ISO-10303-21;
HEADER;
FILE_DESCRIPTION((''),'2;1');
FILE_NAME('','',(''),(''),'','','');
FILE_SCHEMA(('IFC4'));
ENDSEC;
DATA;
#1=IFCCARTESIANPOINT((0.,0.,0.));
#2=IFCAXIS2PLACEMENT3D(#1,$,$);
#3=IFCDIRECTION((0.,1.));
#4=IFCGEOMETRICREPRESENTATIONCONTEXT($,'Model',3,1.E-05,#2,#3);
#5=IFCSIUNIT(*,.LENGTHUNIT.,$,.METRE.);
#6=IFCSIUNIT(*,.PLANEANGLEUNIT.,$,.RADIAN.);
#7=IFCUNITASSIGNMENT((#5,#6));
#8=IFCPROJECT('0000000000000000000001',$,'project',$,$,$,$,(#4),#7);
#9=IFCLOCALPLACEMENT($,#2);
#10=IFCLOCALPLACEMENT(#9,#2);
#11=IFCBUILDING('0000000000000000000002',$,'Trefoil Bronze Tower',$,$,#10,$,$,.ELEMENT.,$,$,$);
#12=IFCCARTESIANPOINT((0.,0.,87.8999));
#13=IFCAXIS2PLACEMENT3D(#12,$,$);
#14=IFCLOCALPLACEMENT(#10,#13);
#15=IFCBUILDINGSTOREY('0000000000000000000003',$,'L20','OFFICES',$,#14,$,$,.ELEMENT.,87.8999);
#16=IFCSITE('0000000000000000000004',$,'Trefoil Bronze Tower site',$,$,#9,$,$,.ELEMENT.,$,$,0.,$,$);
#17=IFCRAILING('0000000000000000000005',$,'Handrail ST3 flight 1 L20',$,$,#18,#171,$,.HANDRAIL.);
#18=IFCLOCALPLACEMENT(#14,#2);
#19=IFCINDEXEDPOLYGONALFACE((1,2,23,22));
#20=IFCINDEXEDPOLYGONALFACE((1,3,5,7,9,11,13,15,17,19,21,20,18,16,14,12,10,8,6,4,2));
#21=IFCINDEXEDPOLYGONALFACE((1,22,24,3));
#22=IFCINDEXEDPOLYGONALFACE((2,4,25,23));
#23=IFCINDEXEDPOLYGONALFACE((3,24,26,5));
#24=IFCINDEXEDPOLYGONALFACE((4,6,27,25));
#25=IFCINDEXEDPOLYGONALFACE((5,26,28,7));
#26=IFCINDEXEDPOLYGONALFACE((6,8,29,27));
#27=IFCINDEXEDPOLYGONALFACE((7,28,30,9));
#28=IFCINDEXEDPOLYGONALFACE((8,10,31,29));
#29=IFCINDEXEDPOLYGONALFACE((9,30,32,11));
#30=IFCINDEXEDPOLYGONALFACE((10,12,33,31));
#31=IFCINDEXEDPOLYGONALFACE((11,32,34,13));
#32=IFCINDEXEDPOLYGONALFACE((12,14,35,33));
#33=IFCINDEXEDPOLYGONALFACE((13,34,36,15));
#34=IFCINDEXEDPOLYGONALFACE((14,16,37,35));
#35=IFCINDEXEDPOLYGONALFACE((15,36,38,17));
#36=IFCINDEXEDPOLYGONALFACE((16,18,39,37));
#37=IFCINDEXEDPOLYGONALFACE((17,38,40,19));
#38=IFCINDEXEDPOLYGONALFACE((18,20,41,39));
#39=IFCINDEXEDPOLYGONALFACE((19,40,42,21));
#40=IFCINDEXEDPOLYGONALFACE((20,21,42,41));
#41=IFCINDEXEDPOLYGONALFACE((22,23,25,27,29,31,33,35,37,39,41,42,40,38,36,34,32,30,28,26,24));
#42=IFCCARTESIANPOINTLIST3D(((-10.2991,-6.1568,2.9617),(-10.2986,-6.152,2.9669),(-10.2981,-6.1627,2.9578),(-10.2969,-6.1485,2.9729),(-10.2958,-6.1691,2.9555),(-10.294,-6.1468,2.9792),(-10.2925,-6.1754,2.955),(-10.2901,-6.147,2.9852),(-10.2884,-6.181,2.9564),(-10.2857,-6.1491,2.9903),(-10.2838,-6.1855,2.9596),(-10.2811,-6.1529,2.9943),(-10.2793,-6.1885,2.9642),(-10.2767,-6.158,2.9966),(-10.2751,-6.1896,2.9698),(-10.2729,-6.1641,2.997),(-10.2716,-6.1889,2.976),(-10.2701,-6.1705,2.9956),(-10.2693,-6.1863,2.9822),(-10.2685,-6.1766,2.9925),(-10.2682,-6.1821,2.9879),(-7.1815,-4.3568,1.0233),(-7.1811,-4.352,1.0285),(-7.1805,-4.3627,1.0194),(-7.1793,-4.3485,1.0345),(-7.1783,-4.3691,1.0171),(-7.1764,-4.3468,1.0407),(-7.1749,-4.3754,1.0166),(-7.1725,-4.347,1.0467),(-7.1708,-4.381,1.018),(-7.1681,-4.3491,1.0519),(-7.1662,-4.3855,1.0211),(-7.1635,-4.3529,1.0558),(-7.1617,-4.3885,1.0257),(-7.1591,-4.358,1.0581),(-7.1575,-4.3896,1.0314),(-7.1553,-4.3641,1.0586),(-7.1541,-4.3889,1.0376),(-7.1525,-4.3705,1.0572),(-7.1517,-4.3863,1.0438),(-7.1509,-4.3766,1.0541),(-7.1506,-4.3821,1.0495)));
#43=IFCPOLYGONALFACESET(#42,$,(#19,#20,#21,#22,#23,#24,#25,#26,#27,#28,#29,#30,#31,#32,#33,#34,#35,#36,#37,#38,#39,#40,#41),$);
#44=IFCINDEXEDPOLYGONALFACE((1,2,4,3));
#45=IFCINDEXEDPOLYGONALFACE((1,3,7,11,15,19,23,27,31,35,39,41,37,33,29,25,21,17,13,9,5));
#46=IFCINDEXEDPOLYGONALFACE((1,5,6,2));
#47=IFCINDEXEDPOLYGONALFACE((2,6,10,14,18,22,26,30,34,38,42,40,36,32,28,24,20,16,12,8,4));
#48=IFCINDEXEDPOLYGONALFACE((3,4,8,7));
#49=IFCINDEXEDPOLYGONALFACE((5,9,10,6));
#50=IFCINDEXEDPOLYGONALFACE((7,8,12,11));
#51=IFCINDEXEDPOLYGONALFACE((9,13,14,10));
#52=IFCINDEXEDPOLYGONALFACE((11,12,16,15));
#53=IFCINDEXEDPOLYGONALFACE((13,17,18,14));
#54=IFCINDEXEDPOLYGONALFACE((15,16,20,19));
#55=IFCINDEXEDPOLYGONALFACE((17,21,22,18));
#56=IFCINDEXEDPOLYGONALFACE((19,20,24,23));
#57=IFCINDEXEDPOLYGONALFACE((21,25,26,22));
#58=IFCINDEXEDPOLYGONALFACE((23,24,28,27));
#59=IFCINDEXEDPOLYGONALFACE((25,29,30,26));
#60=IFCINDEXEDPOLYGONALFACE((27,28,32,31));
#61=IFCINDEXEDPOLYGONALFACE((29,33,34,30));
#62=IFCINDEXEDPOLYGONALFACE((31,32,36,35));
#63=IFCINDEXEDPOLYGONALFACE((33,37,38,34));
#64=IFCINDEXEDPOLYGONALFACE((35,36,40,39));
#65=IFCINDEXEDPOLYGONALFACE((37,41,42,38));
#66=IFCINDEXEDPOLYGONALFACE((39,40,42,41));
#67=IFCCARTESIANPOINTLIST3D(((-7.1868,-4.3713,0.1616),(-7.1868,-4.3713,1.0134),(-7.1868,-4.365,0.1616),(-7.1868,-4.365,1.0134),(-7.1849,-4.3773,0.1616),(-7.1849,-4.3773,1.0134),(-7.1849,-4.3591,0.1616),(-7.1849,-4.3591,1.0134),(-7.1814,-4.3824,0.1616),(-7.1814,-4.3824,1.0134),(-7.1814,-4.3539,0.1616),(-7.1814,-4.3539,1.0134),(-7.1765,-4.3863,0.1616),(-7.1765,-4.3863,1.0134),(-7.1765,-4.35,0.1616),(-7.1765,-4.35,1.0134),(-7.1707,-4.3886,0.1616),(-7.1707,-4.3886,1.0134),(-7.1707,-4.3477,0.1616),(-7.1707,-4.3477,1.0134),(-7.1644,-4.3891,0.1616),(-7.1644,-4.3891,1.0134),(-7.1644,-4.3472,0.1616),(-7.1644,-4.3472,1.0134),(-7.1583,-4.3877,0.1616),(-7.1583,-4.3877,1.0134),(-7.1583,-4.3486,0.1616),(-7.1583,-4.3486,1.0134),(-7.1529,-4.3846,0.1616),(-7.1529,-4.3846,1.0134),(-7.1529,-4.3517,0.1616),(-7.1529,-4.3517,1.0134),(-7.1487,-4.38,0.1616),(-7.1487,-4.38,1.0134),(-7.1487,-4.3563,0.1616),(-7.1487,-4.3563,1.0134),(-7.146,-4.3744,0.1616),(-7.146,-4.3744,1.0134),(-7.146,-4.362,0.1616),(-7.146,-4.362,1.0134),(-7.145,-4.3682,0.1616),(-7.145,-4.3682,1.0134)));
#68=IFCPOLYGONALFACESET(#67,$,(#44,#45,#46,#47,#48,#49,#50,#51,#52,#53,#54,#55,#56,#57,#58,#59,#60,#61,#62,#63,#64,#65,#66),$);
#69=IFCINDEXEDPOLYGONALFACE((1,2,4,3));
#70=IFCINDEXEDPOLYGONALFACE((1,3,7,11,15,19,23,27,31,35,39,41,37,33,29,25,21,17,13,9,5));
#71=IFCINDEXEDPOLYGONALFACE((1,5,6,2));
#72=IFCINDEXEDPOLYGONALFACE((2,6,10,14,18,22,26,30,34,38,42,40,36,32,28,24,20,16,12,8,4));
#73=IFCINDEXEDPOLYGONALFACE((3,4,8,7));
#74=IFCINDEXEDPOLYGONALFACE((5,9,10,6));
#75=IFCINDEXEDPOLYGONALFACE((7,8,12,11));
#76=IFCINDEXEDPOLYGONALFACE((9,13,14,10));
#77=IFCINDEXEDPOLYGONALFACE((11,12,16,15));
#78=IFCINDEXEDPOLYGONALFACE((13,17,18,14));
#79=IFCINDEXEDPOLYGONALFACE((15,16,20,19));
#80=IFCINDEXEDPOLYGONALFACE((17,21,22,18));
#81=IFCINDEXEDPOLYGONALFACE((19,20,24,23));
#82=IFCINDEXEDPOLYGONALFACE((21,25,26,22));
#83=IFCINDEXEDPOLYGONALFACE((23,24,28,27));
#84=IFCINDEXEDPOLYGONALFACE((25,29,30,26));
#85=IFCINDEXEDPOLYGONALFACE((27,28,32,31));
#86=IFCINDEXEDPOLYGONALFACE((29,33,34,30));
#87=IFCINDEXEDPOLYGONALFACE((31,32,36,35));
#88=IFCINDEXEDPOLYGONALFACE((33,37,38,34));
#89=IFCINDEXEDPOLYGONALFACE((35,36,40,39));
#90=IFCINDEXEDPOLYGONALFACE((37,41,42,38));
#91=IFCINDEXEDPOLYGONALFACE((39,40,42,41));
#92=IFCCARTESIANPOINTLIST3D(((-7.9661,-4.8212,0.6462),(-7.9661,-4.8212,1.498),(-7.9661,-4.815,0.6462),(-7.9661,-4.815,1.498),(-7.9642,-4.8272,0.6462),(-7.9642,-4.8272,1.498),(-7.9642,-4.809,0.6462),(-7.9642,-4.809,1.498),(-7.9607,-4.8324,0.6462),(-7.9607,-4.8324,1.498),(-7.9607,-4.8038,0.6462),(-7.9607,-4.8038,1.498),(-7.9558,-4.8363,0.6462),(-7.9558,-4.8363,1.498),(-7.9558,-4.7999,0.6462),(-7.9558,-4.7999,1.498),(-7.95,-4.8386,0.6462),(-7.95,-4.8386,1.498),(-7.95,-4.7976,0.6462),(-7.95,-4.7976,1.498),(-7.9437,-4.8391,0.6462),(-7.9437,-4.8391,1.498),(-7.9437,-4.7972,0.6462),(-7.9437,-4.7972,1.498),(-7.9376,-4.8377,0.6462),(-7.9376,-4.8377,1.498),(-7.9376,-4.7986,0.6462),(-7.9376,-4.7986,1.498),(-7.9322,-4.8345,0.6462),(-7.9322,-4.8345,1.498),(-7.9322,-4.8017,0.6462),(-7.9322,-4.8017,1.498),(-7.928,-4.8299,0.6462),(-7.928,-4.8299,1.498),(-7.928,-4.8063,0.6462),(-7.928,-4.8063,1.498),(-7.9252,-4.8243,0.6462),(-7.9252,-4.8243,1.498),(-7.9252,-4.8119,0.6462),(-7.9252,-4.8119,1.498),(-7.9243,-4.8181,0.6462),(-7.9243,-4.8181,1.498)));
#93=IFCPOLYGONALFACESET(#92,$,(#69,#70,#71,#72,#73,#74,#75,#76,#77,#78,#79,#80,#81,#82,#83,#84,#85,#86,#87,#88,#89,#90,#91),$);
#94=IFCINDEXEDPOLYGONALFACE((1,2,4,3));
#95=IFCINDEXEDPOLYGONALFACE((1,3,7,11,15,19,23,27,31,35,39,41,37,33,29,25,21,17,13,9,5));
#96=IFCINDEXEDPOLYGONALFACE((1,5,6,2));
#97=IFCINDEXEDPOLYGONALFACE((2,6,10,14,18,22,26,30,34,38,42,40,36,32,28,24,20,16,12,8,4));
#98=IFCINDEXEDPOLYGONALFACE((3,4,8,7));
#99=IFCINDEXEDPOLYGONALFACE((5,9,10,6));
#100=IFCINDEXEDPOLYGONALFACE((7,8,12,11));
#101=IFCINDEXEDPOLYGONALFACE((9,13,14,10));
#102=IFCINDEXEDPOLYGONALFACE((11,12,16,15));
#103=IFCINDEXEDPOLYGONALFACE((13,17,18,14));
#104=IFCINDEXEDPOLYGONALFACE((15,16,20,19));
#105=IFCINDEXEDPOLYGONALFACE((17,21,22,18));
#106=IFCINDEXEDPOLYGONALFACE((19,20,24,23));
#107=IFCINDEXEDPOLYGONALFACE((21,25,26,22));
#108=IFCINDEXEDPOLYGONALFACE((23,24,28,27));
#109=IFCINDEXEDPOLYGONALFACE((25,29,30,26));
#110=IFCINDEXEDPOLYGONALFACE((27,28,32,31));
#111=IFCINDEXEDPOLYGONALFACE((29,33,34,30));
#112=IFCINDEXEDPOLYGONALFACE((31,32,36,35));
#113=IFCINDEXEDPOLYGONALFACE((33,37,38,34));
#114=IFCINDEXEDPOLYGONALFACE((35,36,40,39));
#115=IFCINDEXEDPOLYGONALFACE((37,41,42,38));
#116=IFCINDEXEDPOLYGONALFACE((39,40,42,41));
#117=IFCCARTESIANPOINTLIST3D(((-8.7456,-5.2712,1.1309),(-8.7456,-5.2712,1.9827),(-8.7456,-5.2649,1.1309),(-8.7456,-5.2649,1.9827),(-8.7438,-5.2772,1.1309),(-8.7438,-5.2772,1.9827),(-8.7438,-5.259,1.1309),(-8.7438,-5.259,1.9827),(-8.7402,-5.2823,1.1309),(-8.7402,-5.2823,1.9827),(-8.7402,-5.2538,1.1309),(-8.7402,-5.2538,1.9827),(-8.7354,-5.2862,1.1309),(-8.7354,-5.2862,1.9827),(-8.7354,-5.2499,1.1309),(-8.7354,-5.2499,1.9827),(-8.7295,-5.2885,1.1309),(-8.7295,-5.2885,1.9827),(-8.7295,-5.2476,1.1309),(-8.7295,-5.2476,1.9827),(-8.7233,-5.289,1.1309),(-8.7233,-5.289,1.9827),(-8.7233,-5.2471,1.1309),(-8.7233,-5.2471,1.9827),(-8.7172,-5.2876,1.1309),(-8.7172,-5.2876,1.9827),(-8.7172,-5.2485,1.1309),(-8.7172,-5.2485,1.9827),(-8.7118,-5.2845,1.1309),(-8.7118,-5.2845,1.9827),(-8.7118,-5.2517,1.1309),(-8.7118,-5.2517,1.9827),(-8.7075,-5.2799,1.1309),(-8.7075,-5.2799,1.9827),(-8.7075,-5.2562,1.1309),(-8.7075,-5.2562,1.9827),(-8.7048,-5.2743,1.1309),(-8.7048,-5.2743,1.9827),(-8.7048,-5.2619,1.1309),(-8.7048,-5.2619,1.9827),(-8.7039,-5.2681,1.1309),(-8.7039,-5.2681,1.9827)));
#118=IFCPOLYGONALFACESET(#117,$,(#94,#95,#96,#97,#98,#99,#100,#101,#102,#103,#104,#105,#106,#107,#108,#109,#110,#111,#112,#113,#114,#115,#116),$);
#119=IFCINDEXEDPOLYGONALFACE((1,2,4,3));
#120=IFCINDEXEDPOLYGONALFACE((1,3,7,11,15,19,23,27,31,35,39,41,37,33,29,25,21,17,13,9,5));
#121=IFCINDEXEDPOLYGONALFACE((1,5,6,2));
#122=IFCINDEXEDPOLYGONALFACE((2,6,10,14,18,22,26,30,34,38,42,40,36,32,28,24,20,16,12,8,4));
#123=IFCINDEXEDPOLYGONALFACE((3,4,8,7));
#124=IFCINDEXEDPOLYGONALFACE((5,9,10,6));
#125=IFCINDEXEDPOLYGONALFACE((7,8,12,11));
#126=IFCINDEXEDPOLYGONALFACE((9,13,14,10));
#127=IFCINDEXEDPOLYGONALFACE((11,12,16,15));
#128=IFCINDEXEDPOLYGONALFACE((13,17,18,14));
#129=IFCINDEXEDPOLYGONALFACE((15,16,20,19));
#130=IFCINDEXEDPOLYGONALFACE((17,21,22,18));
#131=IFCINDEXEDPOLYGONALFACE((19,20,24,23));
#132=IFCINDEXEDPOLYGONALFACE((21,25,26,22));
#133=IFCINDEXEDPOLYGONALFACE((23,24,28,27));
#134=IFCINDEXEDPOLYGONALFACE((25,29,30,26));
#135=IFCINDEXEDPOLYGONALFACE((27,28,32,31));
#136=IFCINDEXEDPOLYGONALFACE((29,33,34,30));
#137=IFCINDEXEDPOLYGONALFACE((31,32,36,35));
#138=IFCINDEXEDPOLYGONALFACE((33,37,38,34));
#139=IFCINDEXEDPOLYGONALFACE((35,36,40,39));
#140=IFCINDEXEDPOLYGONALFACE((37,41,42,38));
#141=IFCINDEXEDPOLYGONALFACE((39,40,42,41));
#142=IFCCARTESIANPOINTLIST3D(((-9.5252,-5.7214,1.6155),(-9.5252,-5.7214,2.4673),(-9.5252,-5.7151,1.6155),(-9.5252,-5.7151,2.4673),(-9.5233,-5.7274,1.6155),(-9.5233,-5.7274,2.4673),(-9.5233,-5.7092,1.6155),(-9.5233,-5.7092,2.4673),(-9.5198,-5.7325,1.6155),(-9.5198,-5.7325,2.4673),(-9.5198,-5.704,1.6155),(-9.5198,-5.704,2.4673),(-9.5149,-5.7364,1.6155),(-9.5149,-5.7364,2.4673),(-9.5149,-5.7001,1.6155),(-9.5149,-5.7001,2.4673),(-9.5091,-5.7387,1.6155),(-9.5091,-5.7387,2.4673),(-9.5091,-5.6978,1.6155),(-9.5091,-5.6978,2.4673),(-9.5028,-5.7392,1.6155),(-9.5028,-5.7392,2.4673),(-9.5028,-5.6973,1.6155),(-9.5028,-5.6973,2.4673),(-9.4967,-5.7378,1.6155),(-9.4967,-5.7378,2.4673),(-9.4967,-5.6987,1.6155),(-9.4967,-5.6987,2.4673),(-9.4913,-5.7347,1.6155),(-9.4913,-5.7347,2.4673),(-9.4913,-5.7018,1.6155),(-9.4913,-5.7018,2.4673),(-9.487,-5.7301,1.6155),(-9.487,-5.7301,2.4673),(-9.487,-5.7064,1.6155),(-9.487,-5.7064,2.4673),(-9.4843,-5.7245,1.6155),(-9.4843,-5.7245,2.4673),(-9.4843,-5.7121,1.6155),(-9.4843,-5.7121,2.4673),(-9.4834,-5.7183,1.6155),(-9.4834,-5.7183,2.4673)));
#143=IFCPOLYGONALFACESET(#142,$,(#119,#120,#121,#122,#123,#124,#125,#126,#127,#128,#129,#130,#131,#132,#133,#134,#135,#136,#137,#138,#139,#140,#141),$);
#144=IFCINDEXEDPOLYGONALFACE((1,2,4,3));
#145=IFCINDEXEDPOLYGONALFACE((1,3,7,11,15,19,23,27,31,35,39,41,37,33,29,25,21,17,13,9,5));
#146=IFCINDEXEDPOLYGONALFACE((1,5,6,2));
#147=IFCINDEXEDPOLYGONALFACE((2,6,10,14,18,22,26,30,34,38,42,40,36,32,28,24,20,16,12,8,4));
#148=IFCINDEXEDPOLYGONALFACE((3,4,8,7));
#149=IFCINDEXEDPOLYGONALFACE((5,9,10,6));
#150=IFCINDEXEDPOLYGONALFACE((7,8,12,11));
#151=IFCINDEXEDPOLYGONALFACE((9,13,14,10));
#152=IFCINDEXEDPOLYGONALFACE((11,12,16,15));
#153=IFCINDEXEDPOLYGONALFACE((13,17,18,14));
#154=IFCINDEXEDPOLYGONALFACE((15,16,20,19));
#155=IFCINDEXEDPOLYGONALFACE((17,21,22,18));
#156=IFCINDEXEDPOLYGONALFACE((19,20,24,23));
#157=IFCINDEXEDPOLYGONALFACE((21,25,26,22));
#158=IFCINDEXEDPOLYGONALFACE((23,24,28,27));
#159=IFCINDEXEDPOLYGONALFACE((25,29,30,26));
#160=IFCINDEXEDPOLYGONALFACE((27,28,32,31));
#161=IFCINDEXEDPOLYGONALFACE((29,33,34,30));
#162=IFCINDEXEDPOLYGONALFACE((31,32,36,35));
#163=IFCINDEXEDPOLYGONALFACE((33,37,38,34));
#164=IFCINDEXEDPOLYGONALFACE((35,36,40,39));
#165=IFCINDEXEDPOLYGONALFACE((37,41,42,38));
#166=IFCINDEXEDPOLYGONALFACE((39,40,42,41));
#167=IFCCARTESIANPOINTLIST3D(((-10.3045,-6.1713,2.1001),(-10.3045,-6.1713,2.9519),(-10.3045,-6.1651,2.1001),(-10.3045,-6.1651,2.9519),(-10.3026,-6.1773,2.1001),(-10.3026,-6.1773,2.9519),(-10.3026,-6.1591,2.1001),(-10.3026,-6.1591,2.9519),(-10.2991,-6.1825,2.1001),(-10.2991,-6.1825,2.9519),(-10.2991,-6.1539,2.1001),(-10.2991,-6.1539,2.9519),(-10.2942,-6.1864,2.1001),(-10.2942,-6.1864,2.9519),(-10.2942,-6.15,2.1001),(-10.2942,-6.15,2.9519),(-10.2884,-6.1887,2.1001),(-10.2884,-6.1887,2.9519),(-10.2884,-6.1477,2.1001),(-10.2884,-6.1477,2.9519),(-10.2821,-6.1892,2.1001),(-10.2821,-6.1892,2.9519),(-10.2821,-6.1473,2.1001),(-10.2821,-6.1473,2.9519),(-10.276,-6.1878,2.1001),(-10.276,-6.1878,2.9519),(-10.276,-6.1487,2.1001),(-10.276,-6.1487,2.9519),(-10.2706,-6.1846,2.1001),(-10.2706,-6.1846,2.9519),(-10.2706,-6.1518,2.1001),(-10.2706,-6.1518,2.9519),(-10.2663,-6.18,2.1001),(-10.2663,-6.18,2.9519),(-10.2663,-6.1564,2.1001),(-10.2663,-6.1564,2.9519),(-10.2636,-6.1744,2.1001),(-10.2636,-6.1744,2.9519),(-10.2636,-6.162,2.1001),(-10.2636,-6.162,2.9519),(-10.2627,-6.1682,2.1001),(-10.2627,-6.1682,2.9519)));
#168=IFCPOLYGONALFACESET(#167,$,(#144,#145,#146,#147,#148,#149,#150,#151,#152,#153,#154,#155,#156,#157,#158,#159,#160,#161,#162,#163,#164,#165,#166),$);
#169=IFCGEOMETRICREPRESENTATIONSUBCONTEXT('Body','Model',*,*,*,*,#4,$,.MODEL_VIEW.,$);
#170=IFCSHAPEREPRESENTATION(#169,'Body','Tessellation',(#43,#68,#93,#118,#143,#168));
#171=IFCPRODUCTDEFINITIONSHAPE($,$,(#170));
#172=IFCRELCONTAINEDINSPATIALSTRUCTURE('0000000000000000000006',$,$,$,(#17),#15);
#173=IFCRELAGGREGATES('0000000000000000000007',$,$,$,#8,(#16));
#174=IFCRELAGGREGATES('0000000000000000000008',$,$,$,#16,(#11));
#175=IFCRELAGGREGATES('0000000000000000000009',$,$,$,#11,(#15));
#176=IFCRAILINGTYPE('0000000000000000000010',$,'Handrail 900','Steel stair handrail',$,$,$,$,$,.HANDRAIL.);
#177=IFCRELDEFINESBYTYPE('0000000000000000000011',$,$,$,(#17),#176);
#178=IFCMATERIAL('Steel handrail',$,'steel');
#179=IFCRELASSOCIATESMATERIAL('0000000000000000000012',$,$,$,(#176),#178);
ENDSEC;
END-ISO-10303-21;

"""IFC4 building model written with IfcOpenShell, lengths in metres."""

from ifc_helpers import new_model, si_unit, direction, frame, origin, origin_2d, place, context, subcontext, project, spatial, circle, extrude, material, type_object, element, save


model = new_model("IFC4")

# Units and contexts
model_context = context("Model", 3, precision=1e-05, world=origin(), true_north=direction((0.0, 1.0)))
body_context = subcontext(model_context, "Body", "Model", "MODEL_VIEW")
ifc_project = project(units=[si_unit("LENGTHUNIT", "METRE"), si_unit("PLANEANGLEUNIT", "RADIAN")], contexts=[model_context])

# Site, building, storey
site_placement = place(None, origin())
site = spatial("IfcSite", under=ifc_project, at=site_placement, Name="Trefoil Bronze Tower site", CompositionType="ELEMENT", RefElevation=0.0)
building_placement = place(site_placement, origin())
building = spatial("IfcBuilding", under=site, at=building_placement, Name="Trefoil Bronze Tower", CompositionType="ELEMENT")
storey_placement = place(building_placement, frame((0.0, 0.0, 87.8999)))
storey = spatial("IfcBuildingStorey", under=building, at=storey_placement, Name="L20", Description="OFFICES", CompositionType="ELEMENT", Elevation=87.8999)

# Railing
ifc_material_1 = material(Name="Steel handrail", Category="steel")
railing_type = type_object("IfcRailingType", Name="Handrail 900", Description="Steel stair handrail", PredefinedType="HANDRAIL", material=ifc_material_1)
railing_1_placement = place(storey_placement, frame((-7.166, -4.3682, 0.1616)))
element("IfcRailing", 1, at=railing_1_placement, inside=storey, type_object=railing_type, Name="Handrail ST3 flight 1 L20", PredefinedType="HANDRAIL", context=body_context, shape_type="SweptSolid", body=[
    extrude(circle(Radius=0.0239, at=origin_2d()), frame((0.0, 0.0, 0.876), z_axis=(-0.762503, -0.440246, 0.474102), x_axis=(0.500012, -0.866018, 0.0)), (0.0, 0.0, 1.0), 4.0886),
    extrude(circle(Radius=0.021, at=origin_2d()), origin(), (0.0, 0.0, 1.0), 0.8518),
    extrude(circle(Radius=0.021, at=origin_2d()), frame((-0.7793, -0.45, 0.4846)), (0.0, 0.0, 1.0), 0.8518),
    extrude(circle(Radius=0.021, at=origin_2d()), frame((-1.5588, -0.8999, 0.9692)), (0.0, 0.0, 1.0), 0.8518),
    extrude(circle(Radius=0.021, at=origin_2d()), frame((-2.3384, -1.3501, 1.4539)), (0.0, 0.0, 1.0), 0.8518),
    extrude(circle(Radius=0.021, at=origin_2d()), frame((-3.1177, -1.8, 1.9385)), (0.0, 0.0, 1.0), 0.8518),
])

save(model, "model.ifc")
